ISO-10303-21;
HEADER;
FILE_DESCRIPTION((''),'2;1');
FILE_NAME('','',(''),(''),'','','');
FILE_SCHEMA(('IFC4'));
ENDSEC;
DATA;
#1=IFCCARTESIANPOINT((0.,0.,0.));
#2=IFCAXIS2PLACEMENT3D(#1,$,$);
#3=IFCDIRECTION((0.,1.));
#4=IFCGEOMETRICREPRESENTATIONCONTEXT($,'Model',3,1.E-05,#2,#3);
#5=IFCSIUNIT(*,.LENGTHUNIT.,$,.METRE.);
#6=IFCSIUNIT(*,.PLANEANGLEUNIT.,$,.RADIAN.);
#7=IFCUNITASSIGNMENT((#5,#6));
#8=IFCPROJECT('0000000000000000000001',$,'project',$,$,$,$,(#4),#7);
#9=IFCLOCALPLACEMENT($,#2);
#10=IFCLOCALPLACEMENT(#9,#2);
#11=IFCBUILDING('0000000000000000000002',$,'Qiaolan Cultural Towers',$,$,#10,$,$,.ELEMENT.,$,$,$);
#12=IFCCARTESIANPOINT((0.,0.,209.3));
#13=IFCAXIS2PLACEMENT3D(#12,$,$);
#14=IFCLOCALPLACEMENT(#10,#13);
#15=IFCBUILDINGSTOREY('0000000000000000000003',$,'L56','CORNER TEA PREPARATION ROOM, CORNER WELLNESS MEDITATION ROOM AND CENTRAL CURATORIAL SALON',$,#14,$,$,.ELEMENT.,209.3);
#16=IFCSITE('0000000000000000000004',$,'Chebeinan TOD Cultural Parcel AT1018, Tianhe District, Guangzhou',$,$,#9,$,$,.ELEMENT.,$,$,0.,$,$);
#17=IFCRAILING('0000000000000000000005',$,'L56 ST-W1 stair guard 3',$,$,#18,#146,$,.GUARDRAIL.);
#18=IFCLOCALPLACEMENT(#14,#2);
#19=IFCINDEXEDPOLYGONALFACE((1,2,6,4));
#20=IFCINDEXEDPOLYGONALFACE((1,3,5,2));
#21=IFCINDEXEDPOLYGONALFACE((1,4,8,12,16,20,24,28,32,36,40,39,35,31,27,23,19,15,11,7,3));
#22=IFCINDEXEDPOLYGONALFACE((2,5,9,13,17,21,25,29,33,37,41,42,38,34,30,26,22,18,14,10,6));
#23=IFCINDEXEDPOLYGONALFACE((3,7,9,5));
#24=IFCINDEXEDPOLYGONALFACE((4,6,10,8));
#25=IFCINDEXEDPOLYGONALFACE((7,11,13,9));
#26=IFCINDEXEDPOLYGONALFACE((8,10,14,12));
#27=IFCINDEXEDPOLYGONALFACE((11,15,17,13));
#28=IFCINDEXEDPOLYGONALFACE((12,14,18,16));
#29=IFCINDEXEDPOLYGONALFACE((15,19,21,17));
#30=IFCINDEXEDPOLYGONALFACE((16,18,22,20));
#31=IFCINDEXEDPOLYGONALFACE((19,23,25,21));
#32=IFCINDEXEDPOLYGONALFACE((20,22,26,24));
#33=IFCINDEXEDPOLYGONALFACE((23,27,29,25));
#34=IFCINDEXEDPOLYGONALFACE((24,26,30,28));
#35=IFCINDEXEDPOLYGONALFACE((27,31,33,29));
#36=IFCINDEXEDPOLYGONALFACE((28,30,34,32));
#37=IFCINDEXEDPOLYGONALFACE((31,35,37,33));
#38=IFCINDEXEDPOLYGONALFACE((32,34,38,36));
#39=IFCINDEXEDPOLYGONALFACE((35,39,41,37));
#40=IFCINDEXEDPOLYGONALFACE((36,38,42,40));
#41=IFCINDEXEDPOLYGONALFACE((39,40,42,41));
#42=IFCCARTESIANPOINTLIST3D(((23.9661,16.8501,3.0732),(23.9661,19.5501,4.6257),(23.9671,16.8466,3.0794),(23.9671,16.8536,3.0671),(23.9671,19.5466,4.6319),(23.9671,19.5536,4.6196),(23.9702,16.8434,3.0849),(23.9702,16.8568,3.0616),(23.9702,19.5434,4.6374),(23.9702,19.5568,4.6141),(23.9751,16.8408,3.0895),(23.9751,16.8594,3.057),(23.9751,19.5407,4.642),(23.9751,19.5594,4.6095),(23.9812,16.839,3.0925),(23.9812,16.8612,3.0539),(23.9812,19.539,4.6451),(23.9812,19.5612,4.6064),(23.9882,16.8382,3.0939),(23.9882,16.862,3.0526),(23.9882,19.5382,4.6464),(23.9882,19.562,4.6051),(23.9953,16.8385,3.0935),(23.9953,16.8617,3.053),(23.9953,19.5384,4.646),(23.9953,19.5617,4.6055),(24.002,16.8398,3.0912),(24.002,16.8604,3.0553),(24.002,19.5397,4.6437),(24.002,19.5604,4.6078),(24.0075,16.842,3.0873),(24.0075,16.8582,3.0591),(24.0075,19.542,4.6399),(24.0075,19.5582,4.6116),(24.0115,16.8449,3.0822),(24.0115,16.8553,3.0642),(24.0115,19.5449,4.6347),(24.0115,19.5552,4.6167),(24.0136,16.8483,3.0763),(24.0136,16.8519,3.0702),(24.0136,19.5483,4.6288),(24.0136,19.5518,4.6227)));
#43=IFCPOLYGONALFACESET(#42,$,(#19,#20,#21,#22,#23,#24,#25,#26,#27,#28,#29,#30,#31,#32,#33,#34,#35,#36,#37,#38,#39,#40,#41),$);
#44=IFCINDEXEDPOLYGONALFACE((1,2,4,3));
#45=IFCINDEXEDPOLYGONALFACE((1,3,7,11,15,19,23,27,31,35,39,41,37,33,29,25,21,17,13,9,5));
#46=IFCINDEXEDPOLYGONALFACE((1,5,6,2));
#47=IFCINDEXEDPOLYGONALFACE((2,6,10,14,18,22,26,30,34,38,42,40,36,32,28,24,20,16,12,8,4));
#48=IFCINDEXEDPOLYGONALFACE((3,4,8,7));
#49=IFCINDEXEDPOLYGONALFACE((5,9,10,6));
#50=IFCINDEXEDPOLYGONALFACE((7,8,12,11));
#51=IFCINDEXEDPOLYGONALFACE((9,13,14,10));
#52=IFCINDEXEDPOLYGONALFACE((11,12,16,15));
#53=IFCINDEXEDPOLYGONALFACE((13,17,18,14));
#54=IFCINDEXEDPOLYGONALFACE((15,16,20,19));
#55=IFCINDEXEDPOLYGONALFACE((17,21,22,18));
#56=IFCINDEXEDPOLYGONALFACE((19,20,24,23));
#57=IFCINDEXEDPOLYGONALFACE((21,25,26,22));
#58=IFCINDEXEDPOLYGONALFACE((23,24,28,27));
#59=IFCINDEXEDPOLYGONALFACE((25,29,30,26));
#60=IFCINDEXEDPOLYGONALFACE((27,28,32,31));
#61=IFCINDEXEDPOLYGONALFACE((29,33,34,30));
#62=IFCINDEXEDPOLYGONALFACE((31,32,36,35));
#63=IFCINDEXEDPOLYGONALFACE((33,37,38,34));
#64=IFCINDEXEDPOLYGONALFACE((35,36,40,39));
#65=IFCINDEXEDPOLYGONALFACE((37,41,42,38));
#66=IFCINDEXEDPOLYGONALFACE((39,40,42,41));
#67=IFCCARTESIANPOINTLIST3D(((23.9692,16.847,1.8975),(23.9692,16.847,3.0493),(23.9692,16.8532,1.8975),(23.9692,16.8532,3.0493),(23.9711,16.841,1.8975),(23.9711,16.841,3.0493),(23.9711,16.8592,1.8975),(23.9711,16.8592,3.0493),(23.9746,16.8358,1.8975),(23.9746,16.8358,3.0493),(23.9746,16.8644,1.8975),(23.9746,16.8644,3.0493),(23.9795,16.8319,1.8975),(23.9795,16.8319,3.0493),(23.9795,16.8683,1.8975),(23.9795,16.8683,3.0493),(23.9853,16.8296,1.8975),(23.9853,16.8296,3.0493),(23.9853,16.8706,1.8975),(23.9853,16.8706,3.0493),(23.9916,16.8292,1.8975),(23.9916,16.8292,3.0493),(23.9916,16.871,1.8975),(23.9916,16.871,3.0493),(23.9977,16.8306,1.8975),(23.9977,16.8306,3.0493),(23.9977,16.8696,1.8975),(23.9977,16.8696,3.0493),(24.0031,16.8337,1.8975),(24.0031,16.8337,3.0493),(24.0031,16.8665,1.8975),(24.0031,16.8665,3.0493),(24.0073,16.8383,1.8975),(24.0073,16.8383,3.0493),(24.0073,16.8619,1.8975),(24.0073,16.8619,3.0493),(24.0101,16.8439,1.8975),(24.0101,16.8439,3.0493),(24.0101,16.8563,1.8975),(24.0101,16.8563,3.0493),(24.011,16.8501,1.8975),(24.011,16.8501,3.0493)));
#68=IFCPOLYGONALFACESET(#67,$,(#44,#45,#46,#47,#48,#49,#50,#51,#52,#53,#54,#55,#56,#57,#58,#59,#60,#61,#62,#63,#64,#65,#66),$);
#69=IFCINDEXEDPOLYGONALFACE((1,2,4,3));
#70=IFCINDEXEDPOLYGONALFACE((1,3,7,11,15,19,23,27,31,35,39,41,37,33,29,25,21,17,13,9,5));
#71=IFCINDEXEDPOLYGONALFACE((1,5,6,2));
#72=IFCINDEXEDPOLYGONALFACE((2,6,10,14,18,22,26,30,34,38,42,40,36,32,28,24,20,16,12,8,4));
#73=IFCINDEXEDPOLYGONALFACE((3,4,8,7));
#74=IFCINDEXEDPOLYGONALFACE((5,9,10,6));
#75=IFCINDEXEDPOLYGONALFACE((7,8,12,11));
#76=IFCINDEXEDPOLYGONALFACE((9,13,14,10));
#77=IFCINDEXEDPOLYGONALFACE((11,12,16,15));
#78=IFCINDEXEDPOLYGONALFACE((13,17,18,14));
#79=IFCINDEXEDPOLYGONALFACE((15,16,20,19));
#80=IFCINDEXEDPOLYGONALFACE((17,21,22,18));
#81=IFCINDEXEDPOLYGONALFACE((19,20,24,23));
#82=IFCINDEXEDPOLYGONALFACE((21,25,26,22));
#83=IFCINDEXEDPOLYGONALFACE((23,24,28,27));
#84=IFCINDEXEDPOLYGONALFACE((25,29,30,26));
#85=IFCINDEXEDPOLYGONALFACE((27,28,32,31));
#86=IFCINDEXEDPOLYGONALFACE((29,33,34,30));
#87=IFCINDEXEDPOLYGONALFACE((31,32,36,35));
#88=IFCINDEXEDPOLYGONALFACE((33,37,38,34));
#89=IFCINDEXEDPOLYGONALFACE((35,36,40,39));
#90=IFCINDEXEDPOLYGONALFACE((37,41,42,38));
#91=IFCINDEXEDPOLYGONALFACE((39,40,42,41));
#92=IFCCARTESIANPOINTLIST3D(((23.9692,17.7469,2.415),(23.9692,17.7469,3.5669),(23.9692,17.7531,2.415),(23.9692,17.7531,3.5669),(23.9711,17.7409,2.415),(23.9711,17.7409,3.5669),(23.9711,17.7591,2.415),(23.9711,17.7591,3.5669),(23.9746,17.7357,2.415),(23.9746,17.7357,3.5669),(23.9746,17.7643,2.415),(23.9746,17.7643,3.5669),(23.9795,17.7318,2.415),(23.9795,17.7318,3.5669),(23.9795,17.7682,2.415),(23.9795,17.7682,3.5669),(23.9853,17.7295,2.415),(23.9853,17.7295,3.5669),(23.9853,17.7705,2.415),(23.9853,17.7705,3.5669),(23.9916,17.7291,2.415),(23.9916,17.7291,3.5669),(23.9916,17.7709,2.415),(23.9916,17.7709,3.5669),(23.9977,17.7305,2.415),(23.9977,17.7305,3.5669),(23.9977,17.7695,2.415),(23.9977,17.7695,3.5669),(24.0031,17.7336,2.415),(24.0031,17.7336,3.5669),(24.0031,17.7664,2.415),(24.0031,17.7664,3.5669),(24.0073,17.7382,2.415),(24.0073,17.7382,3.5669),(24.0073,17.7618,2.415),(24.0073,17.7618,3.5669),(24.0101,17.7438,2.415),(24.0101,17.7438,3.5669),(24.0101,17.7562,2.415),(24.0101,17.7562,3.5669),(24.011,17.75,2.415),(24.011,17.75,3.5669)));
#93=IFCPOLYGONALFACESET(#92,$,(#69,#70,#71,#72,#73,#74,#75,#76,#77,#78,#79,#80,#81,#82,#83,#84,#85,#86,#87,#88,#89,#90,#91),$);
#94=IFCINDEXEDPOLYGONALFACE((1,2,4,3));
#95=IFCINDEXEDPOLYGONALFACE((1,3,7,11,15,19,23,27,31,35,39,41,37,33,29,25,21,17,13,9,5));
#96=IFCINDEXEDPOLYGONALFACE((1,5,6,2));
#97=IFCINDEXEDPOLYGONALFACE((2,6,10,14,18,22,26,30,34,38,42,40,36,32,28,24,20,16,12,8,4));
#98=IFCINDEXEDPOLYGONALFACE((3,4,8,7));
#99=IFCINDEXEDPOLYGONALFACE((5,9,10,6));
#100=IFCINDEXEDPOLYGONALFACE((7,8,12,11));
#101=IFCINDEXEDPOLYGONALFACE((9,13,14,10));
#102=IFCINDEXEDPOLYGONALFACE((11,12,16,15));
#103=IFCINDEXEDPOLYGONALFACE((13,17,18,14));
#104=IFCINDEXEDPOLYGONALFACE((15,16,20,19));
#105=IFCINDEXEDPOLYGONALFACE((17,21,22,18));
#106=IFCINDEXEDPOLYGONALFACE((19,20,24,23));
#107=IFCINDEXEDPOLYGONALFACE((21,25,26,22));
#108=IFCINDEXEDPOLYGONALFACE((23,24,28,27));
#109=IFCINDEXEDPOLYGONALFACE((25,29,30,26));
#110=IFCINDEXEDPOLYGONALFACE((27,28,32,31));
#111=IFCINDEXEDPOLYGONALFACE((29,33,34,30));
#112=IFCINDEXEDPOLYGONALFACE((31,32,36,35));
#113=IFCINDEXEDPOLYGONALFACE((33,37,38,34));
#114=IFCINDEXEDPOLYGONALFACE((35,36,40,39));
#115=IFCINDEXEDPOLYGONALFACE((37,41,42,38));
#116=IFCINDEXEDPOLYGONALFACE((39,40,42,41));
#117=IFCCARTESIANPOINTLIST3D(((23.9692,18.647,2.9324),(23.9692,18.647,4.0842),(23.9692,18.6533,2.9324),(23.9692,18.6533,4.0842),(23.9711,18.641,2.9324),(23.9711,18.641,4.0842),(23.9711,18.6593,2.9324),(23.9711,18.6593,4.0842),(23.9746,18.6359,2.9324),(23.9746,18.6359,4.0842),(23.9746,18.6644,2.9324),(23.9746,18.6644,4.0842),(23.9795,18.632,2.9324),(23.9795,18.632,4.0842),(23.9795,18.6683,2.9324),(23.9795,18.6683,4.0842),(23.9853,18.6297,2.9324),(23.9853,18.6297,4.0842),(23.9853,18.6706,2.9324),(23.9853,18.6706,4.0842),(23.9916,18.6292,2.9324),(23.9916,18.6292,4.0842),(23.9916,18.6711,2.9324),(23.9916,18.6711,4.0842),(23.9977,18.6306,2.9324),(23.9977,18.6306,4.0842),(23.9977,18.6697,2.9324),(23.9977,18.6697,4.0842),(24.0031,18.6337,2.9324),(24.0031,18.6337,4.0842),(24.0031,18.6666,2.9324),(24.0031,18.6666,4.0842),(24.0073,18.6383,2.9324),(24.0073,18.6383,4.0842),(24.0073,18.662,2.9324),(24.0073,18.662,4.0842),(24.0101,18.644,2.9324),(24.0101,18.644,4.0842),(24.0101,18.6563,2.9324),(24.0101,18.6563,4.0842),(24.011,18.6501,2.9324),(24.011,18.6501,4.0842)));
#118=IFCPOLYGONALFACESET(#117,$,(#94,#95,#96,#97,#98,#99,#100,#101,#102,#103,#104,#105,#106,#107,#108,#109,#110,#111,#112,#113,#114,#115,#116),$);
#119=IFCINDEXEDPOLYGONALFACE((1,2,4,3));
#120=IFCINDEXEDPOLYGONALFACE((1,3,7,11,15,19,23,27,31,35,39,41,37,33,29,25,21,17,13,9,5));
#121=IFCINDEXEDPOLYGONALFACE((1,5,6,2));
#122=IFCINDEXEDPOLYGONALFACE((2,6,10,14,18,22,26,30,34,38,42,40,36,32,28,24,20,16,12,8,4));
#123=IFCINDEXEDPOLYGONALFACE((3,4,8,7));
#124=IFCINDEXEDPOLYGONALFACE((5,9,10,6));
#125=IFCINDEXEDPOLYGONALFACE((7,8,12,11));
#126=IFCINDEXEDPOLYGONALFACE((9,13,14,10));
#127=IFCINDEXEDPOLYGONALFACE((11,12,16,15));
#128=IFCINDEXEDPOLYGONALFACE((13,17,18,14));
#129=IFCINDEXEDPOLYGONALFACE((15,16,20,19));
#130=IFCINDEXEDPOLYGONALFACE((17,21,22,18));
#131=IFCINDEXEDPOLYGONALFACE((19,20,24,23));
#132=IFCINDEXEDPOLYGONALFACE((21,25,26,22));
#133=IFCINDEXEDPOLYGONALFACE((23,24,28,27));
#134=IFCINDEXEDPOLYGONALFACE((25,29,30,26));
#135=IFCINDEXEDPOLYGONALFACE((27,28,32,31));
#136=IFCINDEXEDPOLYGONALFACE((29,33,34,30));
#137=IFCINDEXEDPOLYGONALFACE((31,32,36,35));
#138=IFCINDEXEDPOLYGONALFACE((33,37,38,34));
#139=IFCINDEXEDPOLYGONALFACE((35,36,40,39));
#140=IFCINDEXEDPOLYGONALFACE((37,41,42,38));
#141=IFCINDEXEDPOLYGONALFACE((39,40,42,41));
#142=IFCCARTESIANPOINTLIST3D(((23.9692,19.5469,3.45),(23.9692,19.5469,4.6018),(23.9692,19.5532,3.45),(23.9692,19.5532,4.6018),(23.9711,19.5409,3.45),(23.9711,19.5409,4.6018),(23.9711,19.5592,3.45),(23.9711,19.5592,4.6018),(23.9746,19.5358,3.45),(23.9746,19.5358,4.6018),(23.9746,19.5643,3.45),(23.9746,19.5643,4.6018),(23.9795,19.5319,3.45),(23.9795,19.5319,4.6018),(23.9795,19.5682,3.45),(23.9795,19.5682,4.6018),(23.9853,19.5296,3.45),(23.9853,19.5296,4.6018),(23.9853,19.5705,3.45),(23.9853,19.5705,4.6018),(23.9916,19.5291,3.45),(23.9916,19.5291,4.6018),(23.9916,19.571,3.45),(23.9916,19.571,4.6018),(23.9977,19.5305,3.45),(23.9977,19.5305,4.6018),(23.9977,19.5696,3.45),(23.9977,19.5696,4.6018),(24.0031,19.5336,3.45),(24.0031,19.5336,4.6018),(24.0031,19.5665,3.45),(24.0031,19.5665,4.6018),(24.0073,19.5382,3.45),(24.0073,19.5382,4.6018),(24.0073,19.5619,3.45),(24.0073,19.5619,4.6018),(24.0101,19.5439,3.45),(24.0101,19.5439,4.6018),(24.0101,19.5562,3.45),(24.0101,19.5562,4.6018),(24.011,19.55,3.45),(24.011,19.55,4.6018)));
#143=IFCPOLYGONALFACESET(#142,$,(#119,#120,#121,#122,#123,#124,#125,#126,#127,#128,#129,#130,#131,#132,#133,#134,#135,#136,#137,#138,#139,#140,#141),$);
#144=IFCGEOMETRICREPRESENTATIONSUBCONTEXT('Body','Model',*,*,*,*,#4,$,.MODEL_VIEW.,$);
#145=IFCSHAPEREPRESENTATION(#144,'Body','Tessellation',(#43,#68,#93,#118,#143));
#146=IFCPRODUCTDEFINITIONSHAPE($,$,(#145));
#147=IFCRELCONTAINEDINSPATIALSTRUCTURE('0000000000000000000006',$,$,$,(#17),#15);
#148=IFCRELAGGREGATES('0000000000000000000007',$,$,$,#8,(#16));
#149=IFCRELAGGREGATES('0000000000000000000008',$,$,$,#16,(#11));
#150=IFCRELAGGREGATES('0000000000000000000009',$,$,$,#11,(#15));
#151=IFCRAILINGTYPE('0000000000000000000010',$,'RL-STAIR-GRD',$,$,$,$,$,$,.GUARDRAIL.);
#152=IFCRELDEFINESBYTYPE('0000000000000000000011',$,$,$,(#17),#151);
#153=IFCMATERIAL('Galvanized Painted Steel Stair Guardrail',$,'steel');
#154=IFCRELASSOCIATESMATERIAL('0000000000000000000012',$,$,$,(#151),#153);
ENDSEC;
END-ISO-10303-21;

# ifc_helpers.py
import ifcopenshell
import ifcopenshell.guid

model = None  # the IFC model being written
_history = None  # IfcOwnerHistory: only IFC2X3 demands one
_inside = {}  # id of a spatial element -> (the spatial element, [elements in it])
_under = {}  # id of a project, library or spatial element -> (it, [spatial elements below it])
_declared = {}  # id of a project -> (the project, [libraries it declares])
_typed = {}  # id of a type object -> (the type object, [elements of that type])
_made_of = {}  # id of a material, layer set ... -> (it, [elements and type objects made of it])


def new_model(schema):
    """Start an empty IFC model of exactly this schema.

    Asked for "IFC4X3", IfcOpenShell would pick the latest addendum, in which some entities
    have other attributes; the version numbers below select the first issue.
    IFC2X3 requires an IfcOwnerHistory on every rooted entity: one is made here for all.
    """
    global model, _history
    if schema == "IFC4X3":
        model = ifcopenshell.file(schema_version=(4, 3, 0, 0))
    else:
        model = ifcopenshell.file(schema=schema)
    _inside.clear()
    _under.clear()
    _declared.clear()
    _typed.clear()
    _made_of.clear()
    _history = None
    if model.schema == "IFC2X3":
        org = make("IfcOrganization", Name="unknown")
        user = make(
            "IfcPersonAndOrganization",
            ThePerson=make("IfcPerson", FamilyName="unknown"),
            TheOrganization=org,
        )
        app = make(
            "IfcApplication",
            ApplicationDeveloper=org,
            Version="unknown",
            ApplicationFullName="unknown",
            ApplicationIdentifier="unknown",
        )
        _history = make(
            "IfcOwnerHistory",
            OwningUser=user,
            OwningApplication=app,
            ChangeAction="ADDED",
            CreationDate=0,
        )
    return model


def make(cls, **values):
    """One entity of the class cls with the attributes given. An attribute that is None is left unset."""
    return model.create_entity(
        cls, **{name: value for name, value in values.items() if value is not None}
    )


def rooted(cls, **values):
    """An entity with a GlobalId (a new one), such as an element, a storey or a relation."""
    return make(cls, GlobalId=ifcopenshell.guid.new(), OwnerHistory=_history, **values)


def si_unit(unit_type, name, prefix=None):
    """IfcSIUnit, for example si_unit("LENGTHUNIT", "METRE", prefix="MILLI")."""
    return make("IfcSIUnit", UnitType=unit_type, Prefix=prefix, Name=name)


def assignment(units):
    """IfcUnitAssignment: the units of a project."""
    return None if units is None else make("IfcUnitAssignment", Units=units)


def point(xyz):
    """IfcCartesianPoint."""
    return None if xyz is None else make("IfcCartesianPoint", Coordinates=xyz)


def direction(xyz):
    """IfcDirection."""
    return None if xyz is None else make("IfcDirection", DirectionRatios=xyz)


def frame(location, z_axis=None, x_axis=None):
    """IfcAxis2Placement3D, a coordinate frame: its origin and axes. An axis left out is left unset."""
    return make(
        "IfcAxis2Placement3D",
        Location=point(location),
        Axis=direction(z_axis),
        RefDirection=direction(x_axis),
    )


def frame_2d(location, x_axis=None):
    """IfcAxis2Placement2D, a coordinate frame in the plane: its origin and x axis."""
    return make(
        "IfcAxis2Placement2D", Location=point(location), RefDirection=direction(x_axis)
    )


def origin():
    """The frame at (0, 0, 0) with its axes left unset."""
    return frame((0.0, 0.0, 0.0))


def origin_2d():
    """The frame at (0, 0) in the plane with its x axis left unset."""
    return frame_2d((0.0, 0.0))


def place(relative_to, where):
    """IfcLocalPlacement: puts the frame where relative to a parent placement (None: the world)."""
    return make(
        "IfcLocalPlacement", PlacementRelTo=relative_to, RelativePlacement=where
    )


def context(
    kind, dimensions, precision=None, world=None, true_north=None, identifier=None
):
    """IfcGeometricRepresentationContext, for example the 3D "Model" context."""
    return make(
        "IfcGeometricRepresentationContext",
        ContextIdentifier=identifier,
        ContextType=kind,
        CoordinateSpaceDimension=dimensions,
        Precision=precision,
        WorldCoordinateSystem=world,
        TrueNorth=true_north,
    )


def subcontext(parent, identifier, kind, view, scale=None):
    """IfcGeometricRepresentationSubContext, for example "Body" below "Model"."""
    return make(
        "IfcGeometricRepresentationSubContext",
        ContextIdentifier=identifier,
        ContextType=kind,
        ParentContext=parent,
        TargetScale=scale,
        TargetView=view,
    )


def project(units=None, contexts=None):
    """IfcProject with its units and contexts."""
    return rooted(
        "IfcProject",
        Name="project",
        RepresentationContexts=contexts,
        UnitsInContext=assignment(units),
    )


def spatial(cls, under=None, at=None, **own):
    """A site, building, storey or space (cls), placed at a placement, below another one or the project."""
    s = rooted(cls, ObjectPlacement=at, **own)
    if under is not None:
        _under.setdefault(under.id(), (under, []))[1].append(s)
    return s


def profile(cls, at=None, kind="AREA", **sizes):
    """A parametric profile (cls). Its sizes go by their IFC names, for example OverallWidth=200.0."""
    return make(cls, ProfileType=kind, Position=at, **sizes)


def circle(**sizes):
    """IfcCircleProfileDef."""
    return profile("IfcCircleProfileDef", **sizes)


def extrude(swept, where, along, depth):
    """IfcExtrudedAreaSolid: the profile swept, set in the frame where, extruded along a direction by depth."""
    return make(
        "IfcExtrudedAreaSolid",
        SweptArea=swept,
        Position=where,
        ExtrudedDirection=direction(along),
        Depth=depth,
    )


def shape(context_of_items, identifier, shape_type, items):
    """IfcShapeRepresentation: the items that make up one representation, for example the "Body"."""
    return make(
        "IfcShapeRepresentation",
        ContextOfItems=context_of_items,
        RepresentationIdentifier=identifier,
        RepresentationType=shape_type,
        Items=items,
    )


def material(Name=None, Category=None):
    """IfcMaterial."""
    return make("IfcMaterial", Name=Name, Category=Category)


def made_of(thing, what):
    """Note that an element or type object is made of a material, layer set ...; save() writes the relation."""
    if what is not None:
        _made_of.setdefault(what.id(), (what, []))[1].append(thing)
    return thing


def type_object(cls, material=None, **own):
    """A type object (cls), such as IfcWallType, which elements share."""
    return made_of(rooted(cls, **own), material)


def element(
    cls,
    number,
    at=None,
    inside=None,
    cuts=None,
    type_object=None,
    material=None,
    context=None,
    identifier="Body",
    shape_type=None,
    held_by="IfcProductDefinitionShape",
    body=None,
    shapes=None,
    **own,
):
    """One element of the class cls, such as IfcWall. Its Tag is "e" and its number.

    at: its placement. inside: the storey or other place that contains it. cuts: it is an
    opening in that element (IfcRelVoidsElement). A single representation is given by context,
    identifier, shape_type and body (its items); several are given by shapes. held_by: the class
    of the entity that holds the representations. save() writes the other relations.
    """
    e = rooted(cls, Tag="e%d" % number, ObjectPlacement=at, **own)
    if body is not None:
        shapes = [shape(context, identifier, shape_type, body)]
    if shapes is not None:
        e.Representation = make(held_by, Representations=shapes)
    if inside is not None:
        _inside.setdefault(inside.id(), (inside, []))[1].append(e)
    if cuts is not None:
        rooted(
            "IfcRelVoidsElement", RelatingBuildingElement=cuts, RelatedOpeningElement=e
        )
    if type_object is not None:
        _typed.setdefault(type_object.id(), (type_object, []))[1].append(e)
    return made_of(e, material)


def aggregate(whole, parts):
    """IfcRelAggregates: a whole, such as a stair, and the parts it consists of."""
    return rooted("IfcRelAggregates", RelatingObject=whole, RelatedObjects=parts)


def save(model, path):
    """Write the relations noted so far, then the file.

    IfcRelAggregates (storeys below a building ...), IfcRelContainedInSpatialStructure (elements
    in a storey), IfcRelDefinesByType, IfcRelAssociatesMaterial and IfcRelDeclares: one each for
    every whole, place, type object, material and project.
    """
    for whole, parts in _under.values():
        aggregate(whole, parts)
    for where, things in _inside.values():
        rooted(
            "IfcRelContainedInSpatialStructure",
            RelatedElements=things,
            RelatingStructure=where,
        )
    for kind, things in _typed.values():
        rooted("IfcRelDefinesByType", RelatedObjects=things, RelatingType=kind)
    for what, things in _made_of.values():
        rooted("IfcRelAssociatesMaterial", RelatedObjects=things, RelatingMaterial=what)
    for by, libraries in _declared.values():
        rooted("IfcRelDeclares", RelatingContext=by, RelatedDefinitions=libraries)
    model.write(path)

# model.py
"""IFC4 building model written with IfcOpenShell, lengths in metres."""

from ifc_helpers import new_model, si_unit, direction, frame, origin, origin_2d, place, context, subcontext, project, spatial, circle, extrude, material, type_object, element, save


model = new_model("IFC4")

# Units and contexts
model_context = context("Model", 3, precision=1e-05, world=origin(), true_north=direction((0.0, 1.0)))
body_context = subcontext(model_context, "Body", "Model", "MODEL_VIEW")
ifc_project = project(units=[si_unit("LENGTHUNIT", "METRE"), si_unit("PLANEANGLEUNIT", "RADIAN")], contexts=[model_context])

# Site, building, storey
site_placement = place(None, origin())
site = spatial("IfcSite", under=ifc_project, at=site_placement, Name="Chebeinan TOD Cultural Parcel AT1018, Tianhe District, Guangzhou", CompositionType="ELEMENT", RefElevation=0.0)
building_placement = place(site_placement, origin())
building = spatial("IfcBuilding", under=site, at=building_placement, Name="Qiaolan Cultural Towers", CompositionType="ELEMENT")
storey_placement = place(building_placement, frame((0.0, 0.0, 209.3)))
storey = spatial("IfcBuildingStorey", under=building, at=storey_placement, Name="L56", Description="CORNER TEA PREPARATION ROOM, CORNER WELLNESS MEDITATION ROOM AND CENTRAL CURATORIAL SALON", CompositionType="ELEMENT", Elevation=209.3)

# Railing
ifc_material_1 = material(Name="Galvanized Painted Steel Stair Guardrail", Category="steel")
railing_type_1 = type_object("IfcRailingType", Name="RL-STAIR-GRD", PredefinedType="GUARDRAIL", material=ifc_material_1)
railing_1_placement = place(storey_placement, frame((23.99, 16.8501, 1.8975)))
element("IfcRailing", 1, at=railing_1_placement, inside=storey, type_object=railing_type_1, Name="L56 ST-W1 stair guard 3", PredefinedType="GUARDRAIL", context=body_context, shape_type="SweptSolid", body=[
    extrude(circle(Radius=0.0239, at=origin_2d()), frame((0.0, 0.0, 1.1758), z_axis=(0.0, 0.866904, 0.498476), x_axis=(-1.0, 0.0, 0.0)), (0.0, 0.0, 1.0), 3.1145),
    extrude(circle(Radius=0.021, at=origin_2d()), origin(), (0.0, 0.0, 1.0), 1.1519),
    extrude(circle(Radius=0.021, at=origin_2d()), frame((0.0, 0.8999, 0.5176)), (0.0, 0.0, 1.0), 1.1519),
    extrude(circle(Radius=0.021, at=origin_2d()), frame((0.0, 1.8, 1.0349)), (0.0, 0.0, 1.0), 1.1519),
    extrude(circle(Radius=0.021, at=origin_2d()), frame((0.0, 2.7, 1.5525)), (0.0, 0.0, 1.0), 1.1519),
])

save(model, "model.ifc")
